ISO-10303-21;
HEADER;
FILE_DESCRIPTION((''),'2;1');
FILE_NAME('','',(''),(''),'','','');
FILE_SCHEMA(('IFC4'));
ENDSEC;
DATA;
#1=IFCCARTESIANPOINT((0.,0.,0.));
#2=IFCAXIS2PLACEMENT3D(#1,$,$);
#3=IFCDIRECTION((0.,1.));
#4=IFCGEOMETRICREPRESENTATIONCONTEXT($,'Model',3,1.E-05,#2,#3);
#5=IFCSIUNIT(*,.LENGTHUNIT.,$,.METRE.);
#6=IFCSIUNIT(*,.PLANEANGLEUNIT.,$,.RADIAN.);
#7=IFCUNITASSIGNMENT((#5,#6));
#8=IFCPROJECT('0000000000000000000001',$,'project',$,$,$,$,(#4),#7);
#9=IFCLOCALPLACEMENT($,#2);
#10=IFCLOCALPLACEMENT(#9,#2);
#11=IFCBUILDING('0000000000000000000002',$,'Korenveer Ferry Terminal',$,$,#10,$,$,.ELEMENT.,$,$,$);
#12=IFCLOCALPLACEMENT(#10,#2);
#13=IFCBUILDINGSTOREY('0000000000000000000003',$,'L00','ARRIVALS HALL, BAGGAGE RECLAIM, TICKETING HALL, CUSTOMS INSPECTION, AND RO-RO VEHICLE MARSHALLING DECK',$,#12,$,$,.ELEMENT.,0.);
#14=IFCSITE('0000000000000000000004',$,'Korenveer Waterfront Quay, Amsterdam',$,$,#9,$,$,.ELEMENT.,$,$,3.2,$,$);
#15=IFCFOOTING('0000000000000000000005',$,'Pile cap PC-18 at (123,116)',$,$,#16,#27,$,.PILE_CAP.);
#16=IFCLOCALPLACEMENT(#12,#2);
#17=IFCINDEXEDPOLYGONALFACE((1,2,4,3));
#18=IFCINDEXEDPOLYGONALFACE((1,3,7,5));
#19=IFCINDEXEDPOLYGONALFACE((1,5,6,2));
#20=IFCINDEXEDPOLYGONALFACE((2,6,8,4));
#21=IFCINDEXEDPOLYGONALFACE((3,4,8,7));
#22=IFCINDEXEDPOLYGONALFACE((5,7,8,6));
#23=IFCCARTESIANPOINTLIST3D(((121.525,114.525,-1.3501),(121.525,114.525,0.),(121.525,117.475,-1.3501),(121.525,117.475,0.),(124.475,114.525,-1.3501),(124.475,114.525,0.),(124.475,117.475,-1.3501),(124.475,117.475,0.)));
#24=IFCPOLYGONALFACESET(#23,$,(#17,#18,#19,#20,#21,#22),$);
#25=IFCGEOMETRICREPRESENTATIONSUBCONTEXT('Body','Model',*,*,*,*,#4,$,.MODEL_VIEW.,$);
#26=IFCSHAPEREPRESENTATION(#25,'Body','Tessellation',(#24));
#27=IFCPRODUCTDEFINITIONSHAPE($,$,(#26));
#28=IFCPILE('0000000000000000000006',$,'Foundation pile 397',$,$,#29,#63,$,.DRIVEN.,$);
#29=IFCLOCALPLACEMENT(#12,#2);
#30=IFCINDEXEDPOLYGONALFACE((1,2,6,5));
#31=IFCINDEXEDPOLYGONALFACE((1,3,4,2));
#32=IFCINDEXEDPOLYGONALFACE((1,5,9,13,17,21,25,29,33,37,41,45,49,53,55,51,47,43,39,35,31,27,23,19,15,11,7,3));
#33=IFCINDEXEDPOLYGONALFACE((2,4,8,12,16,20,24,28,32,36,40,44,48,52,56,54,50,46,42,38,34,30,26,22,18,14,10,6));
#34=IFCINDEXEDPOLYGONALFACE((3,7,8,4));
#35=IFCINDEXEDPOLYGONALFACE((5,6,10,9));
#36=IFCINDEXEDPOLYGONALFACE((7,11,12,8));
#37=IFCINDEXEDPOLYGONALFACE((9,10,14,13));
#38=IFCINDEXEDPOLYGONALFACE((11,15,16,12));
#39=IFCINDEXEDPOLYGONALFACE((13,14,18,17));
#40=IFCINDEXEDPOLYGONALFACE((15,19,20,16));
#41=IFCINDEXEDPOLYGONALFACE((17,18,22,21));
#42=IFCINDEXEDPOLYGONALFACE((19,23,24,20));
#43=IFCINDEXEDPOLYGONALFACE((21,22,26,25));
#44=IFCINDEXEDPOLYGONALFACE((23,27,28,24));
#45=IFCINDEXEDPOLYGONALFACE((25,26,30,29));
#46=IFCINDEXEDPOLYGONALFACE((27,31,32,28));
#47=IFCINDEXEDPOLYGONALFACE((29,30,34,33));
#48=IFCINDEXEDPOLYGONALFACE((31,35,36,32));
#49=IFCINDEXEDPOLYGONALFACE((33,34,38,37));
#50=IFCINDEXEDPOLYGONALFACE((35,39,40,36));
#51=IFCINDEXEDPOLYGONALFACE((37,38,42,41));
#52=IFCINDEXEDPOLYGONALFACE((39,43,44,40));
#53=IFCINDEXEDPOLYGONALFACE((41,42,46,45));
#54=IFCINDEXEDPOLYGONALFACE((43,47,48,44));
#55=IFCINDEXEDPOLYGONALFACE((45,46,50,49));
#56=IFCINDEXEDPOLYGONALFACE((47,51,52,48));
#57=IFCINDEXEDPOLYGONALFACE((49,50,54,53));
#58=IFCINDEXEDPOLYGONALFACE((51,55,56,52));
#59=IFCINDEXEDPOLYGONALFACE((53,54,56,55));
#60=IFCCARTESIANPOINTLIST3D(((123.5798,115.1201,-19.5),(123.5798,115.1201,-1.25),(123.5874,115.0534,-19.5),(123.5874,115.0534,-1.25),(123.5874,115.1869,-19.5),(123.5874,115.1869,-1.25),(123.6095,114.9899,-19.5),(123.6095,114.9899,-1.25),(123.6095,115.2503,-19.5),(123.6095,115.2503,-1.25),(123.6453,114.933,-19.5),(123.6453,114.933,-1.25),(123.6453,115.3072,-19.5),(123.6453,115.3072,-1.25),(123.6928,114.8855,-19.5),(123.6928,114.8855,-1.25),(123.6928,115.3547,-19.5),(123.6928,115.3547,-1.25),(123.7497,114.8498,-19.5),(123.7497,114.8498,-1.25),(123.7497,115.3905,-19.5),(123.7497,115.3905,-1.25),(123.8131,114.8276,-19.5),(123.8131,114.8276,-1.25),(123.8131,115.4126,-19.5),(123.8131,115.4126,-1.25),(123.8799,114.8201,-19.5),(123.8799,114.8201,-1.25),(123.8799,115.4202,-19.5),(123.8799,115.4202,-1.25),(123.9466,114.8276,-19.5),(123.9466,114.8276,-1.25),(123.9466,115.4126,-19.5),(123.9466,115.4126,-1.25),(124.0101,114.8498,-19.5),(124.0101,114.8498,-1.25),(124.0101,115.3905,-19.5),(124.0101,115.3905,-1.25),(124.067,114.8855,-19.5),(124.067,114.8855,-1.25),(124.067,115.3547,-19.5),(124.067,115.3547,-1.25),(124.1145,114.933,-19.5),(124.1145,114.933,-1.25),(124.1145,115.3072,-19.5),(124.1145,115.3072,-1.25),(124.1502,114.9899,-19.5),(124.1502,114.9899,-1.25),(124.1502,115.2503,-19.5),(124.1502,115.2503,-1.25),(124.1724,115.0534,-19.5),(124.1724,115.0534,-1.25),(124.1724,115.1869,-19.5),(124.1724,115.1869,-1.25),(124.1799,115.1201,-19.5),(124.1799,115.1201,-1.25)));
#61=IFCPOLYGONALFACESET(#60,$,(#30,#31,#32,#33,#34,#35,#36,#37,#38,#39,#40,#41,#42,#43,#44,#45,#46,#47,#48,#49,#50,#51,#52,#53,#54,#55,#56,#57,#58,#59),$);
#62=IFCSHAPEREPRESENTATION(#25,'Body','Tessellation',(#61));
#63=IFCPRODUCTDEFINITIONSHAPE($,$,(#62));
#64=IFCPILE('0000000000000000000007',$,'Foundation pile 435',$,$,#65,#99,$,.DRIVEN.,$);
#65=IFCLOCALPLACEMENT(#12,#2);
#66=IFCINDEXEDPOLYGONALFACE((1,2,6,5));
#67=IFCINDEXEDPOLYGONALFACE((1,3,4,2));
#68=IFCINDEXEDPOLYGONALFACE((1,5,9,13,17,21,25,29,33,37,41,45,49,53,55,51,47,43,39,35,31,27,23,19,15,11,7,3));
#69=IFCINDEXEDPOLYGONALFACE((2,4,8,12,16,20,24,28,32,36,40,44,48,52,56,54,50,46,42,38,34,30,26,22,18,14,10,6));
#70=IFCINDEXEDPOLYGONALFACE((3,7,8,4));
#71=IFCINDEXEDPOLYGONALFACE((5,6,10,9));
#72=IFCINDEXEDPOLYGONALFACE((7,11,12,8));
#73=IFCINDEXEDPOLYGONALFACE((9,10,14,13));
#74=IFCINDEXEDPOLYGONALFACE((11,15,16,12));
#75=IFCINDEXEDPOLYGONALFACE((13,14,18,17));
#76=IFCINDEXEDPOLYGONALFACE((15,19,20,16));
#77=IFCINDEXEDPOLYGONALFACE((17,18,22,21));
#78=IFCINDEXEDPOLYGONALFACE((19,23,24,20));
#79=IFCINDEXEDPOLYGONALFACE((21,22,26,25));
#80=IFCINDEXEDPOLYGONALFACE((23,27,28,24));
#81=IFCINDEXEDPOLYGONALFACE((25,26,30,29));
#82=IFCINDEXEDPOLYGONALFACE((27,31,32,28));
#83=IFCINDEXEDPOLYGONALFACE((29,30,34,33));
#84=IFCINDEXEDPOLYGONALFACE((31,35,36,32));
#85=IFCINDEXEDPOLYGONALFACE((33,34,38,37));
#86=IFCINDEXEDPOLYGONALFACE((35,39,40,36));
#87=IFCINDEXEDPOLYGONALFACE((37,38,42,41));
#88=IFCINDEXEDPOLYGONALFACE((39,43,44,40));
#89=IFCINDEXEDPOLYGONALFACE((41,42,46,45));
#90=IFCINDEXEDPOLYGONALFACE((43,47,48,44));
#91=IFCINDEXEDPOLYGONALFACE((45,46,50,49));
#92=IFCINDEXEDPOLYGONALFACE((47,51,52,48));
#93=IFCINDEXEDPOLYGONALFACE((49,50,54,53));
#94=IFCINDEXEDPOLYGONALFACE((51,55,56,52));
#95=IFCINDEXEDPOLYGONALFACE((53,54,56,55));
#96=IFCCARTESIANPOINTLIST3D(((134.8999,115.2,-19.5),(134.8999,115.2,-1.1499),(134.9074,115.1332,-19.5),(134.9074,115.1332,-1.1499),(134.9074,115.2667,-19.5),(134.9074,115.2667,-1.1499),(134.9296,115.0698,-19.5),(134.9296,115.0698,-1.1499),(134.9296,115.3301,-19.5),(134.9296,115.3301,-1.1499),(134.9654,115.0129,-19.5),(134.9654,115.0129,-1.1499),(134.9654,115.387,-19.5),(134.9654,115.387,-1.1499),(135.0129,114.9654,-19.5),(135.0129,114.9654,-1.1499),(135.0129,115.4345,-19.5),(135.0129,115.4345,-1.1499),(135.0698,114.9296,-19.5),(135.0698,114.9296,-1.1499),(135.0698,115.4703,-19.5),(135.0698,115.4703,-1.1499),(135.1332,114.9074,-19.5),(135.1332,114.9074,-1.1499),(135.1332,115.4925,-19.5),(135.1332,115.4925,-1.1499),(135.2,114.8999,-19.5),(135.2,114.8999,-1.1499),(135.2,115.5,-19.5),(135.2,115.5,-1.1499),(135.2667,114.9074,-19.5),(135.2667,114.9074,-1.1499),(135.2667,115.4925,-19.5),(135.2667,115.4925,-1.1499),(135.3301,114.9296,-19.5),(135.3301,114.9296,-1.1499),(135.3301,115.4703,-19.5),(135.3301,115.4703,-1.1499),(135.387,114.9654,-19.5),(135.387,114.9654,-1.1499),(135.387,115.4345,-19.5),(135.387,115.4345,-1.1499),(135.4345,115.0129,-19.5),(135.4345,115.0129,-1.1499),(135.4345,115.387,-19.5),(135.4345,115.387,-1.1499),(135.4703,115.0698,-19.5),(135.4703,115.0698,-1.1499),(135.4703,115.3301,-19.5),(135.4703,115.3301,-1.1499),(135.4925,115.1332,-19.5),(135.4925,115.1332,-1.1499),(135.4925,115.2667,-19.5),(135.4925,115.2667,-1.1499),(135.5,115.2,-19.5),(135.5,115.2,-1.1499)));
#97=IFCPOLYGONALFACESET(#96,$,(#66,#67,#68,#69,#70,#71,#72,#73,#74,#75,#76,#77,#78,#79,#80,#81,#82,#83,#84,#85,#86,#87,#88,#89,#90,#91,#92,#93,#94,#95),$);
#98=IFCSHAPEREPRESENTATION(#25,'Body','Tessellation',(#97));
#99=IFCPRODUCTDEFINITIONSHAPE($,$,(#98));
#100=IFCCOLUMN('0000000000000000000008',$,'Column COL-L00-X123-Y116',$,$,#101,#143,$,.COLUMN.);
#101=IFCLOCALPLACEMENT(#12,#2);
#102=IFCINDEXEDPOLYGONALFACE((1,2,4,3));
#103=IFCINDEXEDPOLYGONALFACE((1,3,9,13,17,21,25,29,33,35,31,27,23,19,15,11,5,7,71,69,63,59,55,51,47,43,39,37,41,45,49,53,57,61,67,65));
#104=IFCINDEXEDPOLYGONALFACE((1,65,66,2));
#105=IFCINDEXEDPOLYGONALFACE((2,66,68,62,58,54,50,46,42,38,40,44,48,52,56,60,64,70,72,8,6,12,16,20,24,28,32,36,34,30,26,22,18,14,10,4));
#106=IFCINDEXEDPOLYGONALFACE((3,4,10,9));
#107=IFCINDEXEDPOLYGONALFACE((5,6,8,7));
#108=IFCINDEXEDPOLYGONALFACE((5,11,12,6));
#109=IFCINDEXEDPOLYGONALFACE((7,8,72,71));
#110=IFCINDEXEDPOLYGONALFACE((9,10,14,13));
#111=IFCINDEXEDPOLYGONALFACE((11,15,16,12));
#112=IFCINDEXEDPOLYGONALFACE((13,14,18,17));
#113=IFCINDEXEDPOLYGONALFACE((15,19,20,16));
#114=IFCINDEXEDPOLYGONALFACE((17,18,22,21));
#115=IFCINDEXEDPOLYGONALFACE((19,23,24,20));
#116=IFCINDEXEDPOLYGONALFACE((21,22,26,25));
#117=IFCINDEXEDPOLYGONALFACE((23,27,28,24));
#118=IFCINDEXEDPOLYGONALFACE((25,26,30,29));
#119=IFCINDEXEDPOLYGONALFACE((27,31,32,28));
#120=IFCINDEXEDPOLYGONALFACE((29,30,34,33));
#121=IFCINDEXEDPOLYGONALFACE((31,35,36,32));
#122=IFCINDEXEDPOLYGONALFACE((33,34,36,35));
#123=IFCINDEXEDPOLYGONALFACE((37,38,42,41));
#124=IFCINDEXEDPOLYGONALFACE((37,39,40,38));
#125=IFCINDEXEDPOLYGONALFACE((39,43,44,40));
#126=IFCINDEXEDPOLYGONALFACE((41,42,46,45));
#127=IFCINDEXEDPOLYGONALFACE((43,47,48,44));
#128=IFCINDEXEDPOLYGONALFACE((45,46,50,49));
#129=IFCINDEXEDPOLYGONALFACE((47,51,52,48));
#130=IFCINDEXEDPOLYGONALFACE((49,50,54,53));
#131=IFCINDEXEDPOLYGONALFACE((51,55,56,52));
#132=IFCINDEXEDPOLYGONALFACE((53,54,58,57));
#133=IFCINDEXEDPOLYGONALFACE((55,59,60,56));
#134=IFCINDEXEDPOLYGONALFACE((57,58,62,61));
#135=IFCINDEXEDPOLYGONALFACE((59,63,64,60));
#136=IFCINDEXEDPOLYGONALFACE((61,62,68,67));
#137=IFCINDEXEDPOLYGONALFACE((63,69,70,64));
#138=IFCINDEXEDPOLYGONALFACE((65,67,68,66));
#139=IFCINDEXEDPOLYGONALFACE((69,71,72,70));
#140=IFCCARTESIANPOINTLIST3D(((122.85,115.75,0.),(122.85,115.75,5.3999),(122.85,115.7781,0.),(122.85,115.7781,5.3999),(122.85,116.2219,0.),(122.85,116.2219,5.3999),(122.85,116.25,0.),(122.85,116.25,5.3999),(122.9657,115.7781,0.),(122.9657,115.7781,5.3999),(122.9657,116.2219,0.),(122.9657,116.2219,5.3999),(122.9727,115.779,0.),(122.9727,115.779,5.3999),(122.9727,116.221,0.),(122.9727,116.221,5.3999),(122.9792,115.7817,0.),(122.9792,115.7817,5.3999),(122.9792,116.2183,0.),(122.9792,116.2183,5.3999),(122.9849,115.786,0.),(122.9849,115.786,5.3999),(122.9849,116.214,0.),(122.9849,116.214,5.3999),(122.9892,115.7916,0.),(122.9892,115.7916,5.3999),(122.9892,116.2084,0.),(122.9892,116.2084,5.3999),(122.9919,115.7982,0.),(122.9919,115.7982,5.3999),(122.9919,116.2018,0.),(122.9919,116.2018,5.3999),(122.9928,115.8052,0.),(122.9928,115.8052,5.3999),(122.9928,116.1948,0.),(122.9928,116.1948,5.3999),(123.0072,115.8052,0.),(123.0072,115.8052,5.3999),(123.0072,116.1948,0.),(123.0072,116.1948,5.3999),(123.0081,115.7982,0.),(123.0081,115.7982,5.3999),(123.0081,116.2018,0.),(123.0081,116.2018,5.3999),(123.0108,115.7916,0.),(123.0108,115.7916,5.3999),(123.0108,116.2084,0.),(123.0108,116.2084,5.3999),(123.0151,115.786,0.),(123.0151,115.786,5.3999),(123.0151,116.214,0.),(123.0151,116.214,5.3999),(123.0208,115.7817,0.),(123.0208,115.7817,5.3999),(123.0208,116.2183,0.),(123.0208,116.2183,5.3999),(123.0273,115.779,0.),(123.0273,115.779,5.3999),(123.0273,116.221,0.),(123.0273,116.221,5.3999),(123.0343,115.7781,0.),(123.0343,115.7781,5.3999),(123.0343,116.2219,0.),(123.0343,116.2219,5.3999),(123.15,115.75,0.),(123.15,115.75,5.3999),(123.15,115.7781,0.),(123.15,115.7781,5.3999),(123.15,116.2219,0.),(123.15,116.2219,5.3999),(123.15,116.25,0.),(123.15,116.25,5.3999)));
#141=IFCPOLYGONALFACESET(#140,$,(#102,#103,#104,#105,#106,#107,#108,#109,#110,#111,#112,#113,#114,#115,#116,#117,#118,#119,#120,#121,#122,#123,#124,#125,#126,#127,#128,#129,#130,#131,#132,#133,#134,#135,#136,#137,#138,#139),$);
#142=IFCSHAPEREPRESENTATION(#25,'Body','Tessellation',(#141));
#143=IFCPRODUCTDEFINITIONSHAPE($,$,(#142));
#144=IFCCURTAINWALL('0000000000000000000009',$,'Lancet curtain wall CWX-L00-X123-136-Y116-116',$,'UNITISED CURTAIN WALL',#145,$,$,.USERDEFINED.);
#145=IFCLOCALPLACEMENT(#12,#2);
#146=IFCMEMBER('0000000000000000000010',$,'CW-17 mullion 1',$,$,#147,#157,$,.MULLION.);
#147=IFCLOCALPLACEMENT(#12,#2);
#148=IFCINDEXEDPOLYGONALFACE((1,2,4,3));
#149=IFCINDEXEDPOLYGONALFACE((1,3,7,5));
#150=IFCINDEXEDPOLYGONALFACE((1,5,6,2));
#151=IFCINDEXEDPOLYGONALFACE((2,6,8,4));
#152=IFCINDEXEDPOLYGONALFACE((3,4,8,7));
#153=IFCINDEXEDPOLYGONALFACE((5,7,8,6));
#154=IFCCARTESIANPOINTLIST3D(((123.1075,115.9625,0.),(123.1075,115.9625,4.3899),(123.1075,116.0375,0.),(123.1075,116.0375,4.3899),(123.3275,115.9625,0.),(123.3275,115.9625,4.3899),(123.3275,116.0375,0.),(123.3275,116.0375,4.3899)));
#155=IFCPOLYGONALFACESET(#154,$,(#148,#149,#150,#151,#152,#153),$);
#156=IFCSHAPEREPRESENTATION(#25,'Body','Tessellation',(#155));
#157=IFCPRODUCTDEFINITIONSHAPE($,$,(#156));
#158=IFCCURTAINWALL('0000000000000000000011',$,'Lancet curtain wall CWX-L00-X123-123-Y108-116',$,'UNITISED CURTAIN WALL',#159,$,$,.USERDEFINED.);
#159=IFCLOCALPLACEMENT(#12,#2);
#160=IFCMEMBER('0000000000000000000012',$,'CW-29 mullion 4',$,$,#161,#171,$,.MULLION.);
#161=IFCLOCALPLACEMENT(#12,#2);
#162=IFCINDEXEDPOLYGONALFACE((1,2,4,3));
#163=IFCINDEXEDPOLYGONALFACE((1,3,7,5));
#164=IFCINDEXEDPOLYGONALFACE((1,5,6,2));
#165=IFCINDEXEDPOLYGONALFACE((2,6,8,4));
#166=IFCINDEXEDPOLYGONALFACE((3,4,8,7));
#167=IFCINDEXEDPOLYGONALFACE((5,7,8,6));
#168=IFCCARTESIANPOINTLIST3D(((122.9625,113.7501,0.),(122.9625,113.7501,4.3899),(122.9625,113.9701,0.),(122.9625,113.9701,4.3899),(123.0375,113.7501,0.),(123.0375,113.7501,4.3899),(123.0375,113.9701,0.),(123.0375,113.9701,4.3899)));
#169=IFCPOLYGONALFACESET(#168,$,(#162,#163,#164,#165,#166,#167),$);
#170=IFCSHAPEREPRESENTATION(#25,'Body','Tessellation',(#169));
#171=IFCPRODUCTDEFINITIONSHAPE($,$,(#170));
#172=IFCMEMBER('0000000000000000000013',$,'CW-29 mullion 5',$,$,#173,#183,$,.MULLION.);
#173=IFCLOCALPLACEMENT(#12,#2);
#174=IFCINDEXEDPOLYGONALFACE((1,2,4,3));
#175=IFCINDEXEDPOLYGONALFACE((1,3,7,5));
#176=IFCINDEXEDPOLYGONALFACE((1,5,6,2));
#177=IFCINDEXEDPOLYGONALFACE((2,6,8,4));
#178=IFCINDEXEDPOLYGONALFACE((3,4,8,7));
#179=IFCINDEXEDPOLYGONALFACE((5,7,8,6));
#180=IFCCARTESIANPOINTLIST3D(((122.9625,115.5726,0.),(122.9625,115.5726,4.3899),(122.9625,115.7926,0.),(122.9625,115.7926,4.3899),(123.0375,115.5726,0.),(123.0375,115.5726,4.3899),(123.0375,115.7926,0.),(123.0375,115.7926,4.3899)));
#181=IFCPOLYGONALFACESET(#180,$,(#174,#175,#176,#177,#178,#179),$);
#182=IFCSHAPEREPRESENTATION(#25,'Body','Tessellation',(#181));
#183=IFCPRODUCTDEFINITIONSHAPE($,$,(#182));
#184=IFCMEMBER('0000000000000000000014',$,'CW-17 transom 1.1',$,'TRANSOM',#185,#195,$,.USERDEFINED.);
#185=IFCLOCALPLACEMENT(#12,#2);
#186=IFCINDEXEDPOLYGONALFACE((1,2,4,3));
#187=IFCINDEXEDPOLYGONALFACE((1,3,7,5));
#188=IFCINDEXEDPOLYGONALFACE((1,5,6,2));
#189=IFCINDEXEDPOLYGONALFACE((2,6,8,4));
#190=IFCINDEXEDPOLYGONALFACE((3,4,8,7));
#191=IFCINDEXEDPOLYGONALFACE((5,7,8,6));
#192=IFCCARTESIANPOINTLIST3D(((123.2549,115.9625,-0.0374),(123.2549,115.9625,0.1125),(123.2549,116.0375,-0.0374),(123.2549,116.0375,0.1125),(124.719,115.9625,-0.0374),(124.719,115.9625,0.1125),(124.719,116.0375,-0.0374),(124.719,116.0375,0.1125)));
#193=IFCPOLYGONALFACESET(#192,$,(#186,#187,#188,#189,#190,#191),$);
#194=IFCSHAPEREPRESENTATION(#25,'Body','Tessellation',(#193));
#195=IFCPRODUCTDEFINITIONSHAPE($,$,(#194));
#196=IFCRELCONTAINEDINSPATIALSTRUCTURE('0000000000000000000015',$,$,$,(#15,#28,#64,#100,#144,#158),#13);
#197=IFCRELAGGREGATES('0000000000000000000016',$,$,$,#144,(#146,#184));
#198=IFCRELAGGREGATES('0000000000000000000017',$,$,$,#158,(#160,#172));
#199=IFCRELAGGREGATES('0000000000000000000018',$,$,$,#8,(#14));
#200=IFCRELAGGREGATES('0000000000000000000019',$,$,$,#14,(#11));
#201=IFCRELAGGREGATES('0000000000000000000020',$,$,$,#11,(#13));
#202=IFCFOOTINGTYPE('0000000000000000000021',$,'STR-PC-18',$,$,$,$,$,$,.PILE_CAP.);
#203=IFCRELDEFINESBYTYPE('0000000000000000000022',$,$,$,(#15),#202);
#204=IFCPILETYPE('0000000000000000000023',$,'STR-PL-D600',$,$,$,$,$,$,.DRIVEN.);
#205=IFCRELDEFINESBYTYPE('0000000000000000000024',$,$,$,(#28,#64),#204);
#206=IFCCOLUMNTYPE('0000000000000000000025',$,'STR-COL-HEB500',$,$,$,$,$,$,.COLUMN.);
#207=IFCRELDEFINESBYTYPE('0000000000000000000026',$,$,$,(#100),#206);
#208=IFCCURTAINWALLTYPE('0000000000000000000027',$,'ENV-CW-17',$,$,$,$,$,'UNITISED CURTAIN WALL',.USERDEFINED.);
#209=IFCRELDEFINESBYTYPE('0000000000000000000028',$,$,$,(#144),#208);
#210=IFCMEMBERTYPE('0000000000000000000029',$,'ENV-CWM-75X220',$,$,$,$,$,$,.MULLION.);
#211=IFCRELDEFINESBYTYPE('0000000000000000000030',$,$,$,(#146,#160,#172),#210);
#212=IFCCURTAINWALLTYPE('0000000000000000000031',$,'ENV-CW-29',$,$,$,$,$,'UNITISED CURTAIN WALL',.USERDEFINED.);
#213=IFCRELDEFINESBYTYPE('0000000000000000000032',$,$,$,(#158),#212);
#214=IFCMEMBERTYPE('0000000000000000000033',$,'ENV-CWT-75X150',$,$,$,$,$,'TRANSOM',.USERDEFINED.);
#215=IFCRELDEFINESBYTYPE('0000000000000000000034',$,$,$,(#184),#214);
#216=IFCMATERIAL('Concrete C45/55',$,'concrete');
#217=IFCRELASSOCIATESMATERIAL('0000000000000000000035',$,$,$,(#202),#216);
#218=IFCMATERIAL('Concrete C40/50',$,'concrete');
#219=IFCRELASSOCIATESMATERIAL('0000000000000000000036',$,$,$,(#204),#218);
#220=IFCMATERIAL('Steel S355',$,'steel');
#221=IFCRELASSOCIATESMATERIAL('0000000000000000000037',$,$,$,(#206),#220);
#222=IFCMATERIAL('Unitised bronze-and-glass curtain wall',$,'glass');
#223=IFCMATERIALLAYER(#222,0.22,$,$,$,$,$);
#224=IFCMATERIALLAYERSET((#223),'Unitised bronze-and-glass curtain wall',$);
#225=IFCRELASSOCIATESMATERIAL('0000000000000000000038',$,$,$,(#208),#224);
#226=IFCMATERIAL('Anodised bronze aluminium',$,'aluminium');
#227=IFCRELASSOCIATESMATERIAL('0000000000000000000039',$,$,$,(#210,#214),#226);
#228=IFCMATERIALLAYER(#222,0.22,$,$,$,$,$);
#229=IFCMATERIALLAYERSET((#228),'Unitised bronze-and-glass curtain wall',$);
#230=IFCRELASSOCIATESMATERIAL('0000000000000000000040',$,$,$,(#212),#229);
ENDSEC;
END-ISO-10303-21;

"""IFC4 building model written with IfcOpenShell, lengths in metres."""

from ifc_helpers import new_model, si_unit, direction, frame, origin, origin_2d, place, context, subcontext, project, spatial, rectangle, circle, i_section, extrude, material, layer, layer_set, material_profile, profile_set, type_object, element, aggregate, save


model = new_model("IFC4")

# Units and contexts
model_context = context("Model", 3, precision=1e-05, world=origin(), true_north=direction((0.0, 1.0)))
body_context = subcontext(model_context, "Body", "Model", "MODEL_VIEW")
ifc_project = project(units=[si_unit("LENGTHUNIT", "METRE"), si_unit("PLANEANGLEUNIT", "RADIAN")], contexts=[model_context])

# Site, building, storey
site_placement = place(None, origin())
site = spatial("IfcSite", under=ifc_project, at=site_placement, Name="Korenveer Waterfront Quay, Amsterdam", CompositionType="ELEMENT", RefElevation=3.2)
building_placement = place(site_placement, origin())
building = spatial("IfcBuilding", under=site, at=building_placement, Name="Korenveer Ferry Terminal", CompositionType="ELEMENT")
storey_placement = place(building_placement, origin())
storey = spatial("IfcBuildingStorey", under=building, at=storey_placement, Name="L00", Description="ARRIVALS HALL, BAGGAGE RECLAIM, TICKETING HALL, CUSTOMS INSPECTION, AND RO-RO VEHICLE MARSHALLING DECK", CompositionType="ELEMENT", Elevation=0.0)

# Footing
ifc_material_1 = material(Name="Concrete C45/55", Category="concrete")
footing_type = type_object("IfcFootingType", Name="STR-PC-18", PredefinedType="PILE_CAP", material=ifc_material_1)
footing_placement = place(storey_placement, frame((123.0, 116.0, -1.3501), z_axis=(0.0, 0.0, 1.0), x_axis=(1.0, 0.0, 0.0)))
element("IfcFooting", 1, at=footing_placement, inside=storey, type_object=footing_type, Name="Pile cap PC-18 at (123,116)", PredefinedType="PILE_CAP", context=body_context, shape_type="SweptSolid", body=[
    extrude(rectangle(XDim=2.95, YDim=2.95, at=origin_2d()), origin(), (0.0, 0.0, 1.0), 1.3501),
])

# Piles
ifc_material_2 = material(Name="Concrete C40/50", Category="concrete")
ifc_material_profile_1 = material_profile(ifc_material_2, circle(Radius=0.3, at=origin_2d()), Name="PILE D600")
ifc_profile_set_1 = profile_set([ifc_material_profile_1], Name="Concrete C40/50")
pile_type = type_object("IfcPileType", Name="STR-PL-D600", PredefinedType="DRIVEN", material=ifc_profile_set_1)
pile_1_placement = place(storey_placement, frame((123.8799, 115.1201, -1.25), z_axis=(0.0, 0.0, -1.0), x_axis=(1.0, 0.0, 0.0)))
element("IfcPile", 2, at=pile_1_placement, inside=storey, type_object=pile_type, Name="Foundation pile 397", PredefinedType="DRIVEN", context=body_context, shape_type="SweptSolid", body=[
    extrude(circle(Radius=0.3, at=origin_2d()), origin(), (0.0, 0.0, 1.0), 18.25),
])
pile_2_placement = place(storey_placement, frame((135.2, 115.2, -1.1499), z_axis=(0.0, 0.0, -1.0), x_axis=(1.0, 0.0, 0.0)))
element("IfcPile", 3, at=pile_2_placement, inside=storey, type_object=pile_type, Name="Foundation pile 435", PredefinedType="DRIVEN", context=body_context, shape_type="SweptSolid", body=[
    extrude(circle(Radius=0.3, at=origin_2d()), origin(), (0.0, 0.0, 1.0), 18.3501),
])

# Column
ifc_material_3 = material(Name="Steel S355", Category="steel")
ifc_material_profile_2 = material_profile(ifc_material_3, i_section(OverallWidth=0.3, OverallDepth=0.5, WebThickness=0.0144, FlangeThickness=0.0281, FilletRadius=0.0271, at=origin_2d()), Name="HEB 500")
ifc_profile_set_2 = profile_set([ifc_material_profile_2], Name="Steel S355")
column_type = type_object("IfcColumnType", Name="STR-COL-HEB500", PredefinedType="COLUMN", material=ifc_profile_set_2)
column_placement = place(storey_placement, frame((123.0, 116.0, 0.0), z_axis=(0.0, 0.0, 1.0), x_axis=(1.0, 0.0, 0.0)))
element("IfcColumn", 4, at=column_placement, inside=storey, type_object=column_type, Name="Column COL-L00-X123-Y116", PredefinedType="COLUMN", context=body_context, shape_type="SweptSolid", body=[
    extrude(i_section(OverallWidth=0.3, OverallDepth=0.5, WebThickness=0.0144, FlangeThickness=0.0281, FilletRadius=0.0271, at=origin_2d()), origin(), (0.0, 0.0, 1.0), 5.3999),
])

# Curtain wall, member
ifc_material_4 = material(Name="Unitised bronze-and-glass curtain wall", Category="glass")
ifc_layer_1 = layer(ifc_material_4, 0.22)
ifc_layer_set_1 = layer_set([ifc_layer_1], Name="Unitised bronze-and-glass curtain wall")
curtain_wall_type_1 = type_object("IfcCurtainWallType", Name="ENV-CW-17", ElementType="UNITISED CURTAIN WALL", PredefinedType="USERDEFINED", material=ifc_layer_set_1)
curtain_wall_1_placement = place(storey_placement, frame((123.1799, 116.0, 0.0)))
curtain_wall_1 = element("IfcCurtainWall", 5, at=curtain_wall_1_placement, inside=storey, type_object=curtain_wall_type_1, Name="Lancet curtain wall CWX-L00-X123-136-Y116-116", ObjectType="UNITISED CURTAIN WALL", PredefinedType="USERDEFINED")
ifc_material_5 = material(Name="Anodised bronze aluminium", Category="aluminium")
ifc_material_profile_3 = material_profile(ifc_material_5, rectangle(XDim=0.075, YDim=0.22, at=origin_2d()), Name="ALU 75x220")
ifc_profile_set_3 = profile_set([ifc_material_profile_3], Name="Anodised bronze aluminium")
member_type_1 = type_object("IfcMemberType", Name="ENV-CWM-75X220", PredefinedType="MULLION", material=ifc_profile_set_3)
member_1_placement = place(storey_placement, frame((123.2175, 116.0, 0.0), z_axis=(0.0, 0.0, 1.0), x_axis=(0.0, 1.0, 0.0)))
member_1 = element("IfcMember", 6, at=member_1_placement, type_object=member_type_1, Name="CW-17 mullion 1", PredefinedType="MULLION", context=body_context, shape_type="SweptSolid", body=[
    extrude(rectangle(XDim=0.075, YDim=0.22, at=origin_2d()), origin(), (0.0, 0.0, 1.0), 4.3899),
])

# Curtain wall, members
ifc_layer_2 = layer(ifc_material_4, 0.22)
ifc_layer_set_2 = layer_set([ifc_layer_2], Name="Unitised bronze-and-glass curtain wall")
curtain_wall_type_2 = type_object("IfcCurtainWallType", Name="ENV-CW-29", ElementType="UNITISED CURTAIN WALL", PredefinedType="USERDEFINED", material=ifc_layer_set_2)
curtain_wall_2_placement = place(storey_placement, frame((123.0, 108.28, 0.0)))
curtain_wall_2 = element("IfcCurtainWall", 7, at=curtain_wall_2_placement, inside=storey, type_object=curtain_wall_type_2, Name="Lancet curtain wall CWX-L00-X123-123-Y108-116", ObjectType="UNITISED CURTAIN WALL", PredefinedType="USERDEFINED")
member_2_placement = place(storey_placement, frame((123.0, 113.8601, 0.0), z_axis=(0.0, 0.0, 1.0), x_axis=(-1.0, 0.0, 0.0)))
member_2 = element("IfcMember", 8, at=member_2_placement, type_object=member_type_1, Name="CW-29 mullion 4", PredefinedType="MULLION", context=body_context, shape_type="SweptSolid", body=[
    extrude(rectangle(XDim=0.075, YDim=0.22, at=origin_2d()), origin(), (0.0, 0.0, 1.0), 4.3899),
])
member_3_placement = place(storey_placement, frame((123.0, 115.6826, 0.0), z_axis=(0.0, 0.0, 1.0), x_axis=(-1.0, 0.0, 0.0)))
member_3 = element("IfcMember", 9, at=member_3_placement, type_object=member_type_1, Name="CW-29 mullion 5", PredefinedType="MULLION", context=body_context, shape_type="SweptSolid", body=[
    extrude(rectangle(XDim=0.075, YDim=0.22, at=origin_2d()), origin(), (0.0, 0.0, 1.0), 4.3899),
])

# Member
ifc_material_profile_4 = material_profile(ifc_material_5, rectangle(XDim=0.075, YDim=0.1499, at=origin_2d()), Name="ALU 75x150")
ifc_profile_set_4 = profile_set([ifc_material_profile_4], Name="Anodised bronze aluminium")
member_type_2 = type_object("IfcMemberType", Name="ENV-CWT-75X150", ElementType="TRANSOM", PredefinedType="USERDEFINED", material=ifc_profile_set_4)
member_4_placement = place(storey_placement, frame((123.2549, 116.0, 0.0376), z_axis=(1.0, 0.0, 0.0), x_axis=(0.0, 1.0, 0.0)))
member_4 = element("IfcMember", 10, at=member_4_placement, type_object=member_type_2, Name="CW-17 transom 1.1", ObjectType="TRANSOM", PredefinedType="USERDEFINED", context=body_context, shape_type="SweptSolid", body=[
    extrude(rectangle(XDim=0.075, YDim=0.1499, at=origin_2d()), origin(), (0.0, 0.0, 1.0), 1.4641),
])
aggregate(curtain_wall_1, [member_1, member_4])

aggregate(curtain_wall_2, [member_2, member_3])

save(model, "model.ifc")
